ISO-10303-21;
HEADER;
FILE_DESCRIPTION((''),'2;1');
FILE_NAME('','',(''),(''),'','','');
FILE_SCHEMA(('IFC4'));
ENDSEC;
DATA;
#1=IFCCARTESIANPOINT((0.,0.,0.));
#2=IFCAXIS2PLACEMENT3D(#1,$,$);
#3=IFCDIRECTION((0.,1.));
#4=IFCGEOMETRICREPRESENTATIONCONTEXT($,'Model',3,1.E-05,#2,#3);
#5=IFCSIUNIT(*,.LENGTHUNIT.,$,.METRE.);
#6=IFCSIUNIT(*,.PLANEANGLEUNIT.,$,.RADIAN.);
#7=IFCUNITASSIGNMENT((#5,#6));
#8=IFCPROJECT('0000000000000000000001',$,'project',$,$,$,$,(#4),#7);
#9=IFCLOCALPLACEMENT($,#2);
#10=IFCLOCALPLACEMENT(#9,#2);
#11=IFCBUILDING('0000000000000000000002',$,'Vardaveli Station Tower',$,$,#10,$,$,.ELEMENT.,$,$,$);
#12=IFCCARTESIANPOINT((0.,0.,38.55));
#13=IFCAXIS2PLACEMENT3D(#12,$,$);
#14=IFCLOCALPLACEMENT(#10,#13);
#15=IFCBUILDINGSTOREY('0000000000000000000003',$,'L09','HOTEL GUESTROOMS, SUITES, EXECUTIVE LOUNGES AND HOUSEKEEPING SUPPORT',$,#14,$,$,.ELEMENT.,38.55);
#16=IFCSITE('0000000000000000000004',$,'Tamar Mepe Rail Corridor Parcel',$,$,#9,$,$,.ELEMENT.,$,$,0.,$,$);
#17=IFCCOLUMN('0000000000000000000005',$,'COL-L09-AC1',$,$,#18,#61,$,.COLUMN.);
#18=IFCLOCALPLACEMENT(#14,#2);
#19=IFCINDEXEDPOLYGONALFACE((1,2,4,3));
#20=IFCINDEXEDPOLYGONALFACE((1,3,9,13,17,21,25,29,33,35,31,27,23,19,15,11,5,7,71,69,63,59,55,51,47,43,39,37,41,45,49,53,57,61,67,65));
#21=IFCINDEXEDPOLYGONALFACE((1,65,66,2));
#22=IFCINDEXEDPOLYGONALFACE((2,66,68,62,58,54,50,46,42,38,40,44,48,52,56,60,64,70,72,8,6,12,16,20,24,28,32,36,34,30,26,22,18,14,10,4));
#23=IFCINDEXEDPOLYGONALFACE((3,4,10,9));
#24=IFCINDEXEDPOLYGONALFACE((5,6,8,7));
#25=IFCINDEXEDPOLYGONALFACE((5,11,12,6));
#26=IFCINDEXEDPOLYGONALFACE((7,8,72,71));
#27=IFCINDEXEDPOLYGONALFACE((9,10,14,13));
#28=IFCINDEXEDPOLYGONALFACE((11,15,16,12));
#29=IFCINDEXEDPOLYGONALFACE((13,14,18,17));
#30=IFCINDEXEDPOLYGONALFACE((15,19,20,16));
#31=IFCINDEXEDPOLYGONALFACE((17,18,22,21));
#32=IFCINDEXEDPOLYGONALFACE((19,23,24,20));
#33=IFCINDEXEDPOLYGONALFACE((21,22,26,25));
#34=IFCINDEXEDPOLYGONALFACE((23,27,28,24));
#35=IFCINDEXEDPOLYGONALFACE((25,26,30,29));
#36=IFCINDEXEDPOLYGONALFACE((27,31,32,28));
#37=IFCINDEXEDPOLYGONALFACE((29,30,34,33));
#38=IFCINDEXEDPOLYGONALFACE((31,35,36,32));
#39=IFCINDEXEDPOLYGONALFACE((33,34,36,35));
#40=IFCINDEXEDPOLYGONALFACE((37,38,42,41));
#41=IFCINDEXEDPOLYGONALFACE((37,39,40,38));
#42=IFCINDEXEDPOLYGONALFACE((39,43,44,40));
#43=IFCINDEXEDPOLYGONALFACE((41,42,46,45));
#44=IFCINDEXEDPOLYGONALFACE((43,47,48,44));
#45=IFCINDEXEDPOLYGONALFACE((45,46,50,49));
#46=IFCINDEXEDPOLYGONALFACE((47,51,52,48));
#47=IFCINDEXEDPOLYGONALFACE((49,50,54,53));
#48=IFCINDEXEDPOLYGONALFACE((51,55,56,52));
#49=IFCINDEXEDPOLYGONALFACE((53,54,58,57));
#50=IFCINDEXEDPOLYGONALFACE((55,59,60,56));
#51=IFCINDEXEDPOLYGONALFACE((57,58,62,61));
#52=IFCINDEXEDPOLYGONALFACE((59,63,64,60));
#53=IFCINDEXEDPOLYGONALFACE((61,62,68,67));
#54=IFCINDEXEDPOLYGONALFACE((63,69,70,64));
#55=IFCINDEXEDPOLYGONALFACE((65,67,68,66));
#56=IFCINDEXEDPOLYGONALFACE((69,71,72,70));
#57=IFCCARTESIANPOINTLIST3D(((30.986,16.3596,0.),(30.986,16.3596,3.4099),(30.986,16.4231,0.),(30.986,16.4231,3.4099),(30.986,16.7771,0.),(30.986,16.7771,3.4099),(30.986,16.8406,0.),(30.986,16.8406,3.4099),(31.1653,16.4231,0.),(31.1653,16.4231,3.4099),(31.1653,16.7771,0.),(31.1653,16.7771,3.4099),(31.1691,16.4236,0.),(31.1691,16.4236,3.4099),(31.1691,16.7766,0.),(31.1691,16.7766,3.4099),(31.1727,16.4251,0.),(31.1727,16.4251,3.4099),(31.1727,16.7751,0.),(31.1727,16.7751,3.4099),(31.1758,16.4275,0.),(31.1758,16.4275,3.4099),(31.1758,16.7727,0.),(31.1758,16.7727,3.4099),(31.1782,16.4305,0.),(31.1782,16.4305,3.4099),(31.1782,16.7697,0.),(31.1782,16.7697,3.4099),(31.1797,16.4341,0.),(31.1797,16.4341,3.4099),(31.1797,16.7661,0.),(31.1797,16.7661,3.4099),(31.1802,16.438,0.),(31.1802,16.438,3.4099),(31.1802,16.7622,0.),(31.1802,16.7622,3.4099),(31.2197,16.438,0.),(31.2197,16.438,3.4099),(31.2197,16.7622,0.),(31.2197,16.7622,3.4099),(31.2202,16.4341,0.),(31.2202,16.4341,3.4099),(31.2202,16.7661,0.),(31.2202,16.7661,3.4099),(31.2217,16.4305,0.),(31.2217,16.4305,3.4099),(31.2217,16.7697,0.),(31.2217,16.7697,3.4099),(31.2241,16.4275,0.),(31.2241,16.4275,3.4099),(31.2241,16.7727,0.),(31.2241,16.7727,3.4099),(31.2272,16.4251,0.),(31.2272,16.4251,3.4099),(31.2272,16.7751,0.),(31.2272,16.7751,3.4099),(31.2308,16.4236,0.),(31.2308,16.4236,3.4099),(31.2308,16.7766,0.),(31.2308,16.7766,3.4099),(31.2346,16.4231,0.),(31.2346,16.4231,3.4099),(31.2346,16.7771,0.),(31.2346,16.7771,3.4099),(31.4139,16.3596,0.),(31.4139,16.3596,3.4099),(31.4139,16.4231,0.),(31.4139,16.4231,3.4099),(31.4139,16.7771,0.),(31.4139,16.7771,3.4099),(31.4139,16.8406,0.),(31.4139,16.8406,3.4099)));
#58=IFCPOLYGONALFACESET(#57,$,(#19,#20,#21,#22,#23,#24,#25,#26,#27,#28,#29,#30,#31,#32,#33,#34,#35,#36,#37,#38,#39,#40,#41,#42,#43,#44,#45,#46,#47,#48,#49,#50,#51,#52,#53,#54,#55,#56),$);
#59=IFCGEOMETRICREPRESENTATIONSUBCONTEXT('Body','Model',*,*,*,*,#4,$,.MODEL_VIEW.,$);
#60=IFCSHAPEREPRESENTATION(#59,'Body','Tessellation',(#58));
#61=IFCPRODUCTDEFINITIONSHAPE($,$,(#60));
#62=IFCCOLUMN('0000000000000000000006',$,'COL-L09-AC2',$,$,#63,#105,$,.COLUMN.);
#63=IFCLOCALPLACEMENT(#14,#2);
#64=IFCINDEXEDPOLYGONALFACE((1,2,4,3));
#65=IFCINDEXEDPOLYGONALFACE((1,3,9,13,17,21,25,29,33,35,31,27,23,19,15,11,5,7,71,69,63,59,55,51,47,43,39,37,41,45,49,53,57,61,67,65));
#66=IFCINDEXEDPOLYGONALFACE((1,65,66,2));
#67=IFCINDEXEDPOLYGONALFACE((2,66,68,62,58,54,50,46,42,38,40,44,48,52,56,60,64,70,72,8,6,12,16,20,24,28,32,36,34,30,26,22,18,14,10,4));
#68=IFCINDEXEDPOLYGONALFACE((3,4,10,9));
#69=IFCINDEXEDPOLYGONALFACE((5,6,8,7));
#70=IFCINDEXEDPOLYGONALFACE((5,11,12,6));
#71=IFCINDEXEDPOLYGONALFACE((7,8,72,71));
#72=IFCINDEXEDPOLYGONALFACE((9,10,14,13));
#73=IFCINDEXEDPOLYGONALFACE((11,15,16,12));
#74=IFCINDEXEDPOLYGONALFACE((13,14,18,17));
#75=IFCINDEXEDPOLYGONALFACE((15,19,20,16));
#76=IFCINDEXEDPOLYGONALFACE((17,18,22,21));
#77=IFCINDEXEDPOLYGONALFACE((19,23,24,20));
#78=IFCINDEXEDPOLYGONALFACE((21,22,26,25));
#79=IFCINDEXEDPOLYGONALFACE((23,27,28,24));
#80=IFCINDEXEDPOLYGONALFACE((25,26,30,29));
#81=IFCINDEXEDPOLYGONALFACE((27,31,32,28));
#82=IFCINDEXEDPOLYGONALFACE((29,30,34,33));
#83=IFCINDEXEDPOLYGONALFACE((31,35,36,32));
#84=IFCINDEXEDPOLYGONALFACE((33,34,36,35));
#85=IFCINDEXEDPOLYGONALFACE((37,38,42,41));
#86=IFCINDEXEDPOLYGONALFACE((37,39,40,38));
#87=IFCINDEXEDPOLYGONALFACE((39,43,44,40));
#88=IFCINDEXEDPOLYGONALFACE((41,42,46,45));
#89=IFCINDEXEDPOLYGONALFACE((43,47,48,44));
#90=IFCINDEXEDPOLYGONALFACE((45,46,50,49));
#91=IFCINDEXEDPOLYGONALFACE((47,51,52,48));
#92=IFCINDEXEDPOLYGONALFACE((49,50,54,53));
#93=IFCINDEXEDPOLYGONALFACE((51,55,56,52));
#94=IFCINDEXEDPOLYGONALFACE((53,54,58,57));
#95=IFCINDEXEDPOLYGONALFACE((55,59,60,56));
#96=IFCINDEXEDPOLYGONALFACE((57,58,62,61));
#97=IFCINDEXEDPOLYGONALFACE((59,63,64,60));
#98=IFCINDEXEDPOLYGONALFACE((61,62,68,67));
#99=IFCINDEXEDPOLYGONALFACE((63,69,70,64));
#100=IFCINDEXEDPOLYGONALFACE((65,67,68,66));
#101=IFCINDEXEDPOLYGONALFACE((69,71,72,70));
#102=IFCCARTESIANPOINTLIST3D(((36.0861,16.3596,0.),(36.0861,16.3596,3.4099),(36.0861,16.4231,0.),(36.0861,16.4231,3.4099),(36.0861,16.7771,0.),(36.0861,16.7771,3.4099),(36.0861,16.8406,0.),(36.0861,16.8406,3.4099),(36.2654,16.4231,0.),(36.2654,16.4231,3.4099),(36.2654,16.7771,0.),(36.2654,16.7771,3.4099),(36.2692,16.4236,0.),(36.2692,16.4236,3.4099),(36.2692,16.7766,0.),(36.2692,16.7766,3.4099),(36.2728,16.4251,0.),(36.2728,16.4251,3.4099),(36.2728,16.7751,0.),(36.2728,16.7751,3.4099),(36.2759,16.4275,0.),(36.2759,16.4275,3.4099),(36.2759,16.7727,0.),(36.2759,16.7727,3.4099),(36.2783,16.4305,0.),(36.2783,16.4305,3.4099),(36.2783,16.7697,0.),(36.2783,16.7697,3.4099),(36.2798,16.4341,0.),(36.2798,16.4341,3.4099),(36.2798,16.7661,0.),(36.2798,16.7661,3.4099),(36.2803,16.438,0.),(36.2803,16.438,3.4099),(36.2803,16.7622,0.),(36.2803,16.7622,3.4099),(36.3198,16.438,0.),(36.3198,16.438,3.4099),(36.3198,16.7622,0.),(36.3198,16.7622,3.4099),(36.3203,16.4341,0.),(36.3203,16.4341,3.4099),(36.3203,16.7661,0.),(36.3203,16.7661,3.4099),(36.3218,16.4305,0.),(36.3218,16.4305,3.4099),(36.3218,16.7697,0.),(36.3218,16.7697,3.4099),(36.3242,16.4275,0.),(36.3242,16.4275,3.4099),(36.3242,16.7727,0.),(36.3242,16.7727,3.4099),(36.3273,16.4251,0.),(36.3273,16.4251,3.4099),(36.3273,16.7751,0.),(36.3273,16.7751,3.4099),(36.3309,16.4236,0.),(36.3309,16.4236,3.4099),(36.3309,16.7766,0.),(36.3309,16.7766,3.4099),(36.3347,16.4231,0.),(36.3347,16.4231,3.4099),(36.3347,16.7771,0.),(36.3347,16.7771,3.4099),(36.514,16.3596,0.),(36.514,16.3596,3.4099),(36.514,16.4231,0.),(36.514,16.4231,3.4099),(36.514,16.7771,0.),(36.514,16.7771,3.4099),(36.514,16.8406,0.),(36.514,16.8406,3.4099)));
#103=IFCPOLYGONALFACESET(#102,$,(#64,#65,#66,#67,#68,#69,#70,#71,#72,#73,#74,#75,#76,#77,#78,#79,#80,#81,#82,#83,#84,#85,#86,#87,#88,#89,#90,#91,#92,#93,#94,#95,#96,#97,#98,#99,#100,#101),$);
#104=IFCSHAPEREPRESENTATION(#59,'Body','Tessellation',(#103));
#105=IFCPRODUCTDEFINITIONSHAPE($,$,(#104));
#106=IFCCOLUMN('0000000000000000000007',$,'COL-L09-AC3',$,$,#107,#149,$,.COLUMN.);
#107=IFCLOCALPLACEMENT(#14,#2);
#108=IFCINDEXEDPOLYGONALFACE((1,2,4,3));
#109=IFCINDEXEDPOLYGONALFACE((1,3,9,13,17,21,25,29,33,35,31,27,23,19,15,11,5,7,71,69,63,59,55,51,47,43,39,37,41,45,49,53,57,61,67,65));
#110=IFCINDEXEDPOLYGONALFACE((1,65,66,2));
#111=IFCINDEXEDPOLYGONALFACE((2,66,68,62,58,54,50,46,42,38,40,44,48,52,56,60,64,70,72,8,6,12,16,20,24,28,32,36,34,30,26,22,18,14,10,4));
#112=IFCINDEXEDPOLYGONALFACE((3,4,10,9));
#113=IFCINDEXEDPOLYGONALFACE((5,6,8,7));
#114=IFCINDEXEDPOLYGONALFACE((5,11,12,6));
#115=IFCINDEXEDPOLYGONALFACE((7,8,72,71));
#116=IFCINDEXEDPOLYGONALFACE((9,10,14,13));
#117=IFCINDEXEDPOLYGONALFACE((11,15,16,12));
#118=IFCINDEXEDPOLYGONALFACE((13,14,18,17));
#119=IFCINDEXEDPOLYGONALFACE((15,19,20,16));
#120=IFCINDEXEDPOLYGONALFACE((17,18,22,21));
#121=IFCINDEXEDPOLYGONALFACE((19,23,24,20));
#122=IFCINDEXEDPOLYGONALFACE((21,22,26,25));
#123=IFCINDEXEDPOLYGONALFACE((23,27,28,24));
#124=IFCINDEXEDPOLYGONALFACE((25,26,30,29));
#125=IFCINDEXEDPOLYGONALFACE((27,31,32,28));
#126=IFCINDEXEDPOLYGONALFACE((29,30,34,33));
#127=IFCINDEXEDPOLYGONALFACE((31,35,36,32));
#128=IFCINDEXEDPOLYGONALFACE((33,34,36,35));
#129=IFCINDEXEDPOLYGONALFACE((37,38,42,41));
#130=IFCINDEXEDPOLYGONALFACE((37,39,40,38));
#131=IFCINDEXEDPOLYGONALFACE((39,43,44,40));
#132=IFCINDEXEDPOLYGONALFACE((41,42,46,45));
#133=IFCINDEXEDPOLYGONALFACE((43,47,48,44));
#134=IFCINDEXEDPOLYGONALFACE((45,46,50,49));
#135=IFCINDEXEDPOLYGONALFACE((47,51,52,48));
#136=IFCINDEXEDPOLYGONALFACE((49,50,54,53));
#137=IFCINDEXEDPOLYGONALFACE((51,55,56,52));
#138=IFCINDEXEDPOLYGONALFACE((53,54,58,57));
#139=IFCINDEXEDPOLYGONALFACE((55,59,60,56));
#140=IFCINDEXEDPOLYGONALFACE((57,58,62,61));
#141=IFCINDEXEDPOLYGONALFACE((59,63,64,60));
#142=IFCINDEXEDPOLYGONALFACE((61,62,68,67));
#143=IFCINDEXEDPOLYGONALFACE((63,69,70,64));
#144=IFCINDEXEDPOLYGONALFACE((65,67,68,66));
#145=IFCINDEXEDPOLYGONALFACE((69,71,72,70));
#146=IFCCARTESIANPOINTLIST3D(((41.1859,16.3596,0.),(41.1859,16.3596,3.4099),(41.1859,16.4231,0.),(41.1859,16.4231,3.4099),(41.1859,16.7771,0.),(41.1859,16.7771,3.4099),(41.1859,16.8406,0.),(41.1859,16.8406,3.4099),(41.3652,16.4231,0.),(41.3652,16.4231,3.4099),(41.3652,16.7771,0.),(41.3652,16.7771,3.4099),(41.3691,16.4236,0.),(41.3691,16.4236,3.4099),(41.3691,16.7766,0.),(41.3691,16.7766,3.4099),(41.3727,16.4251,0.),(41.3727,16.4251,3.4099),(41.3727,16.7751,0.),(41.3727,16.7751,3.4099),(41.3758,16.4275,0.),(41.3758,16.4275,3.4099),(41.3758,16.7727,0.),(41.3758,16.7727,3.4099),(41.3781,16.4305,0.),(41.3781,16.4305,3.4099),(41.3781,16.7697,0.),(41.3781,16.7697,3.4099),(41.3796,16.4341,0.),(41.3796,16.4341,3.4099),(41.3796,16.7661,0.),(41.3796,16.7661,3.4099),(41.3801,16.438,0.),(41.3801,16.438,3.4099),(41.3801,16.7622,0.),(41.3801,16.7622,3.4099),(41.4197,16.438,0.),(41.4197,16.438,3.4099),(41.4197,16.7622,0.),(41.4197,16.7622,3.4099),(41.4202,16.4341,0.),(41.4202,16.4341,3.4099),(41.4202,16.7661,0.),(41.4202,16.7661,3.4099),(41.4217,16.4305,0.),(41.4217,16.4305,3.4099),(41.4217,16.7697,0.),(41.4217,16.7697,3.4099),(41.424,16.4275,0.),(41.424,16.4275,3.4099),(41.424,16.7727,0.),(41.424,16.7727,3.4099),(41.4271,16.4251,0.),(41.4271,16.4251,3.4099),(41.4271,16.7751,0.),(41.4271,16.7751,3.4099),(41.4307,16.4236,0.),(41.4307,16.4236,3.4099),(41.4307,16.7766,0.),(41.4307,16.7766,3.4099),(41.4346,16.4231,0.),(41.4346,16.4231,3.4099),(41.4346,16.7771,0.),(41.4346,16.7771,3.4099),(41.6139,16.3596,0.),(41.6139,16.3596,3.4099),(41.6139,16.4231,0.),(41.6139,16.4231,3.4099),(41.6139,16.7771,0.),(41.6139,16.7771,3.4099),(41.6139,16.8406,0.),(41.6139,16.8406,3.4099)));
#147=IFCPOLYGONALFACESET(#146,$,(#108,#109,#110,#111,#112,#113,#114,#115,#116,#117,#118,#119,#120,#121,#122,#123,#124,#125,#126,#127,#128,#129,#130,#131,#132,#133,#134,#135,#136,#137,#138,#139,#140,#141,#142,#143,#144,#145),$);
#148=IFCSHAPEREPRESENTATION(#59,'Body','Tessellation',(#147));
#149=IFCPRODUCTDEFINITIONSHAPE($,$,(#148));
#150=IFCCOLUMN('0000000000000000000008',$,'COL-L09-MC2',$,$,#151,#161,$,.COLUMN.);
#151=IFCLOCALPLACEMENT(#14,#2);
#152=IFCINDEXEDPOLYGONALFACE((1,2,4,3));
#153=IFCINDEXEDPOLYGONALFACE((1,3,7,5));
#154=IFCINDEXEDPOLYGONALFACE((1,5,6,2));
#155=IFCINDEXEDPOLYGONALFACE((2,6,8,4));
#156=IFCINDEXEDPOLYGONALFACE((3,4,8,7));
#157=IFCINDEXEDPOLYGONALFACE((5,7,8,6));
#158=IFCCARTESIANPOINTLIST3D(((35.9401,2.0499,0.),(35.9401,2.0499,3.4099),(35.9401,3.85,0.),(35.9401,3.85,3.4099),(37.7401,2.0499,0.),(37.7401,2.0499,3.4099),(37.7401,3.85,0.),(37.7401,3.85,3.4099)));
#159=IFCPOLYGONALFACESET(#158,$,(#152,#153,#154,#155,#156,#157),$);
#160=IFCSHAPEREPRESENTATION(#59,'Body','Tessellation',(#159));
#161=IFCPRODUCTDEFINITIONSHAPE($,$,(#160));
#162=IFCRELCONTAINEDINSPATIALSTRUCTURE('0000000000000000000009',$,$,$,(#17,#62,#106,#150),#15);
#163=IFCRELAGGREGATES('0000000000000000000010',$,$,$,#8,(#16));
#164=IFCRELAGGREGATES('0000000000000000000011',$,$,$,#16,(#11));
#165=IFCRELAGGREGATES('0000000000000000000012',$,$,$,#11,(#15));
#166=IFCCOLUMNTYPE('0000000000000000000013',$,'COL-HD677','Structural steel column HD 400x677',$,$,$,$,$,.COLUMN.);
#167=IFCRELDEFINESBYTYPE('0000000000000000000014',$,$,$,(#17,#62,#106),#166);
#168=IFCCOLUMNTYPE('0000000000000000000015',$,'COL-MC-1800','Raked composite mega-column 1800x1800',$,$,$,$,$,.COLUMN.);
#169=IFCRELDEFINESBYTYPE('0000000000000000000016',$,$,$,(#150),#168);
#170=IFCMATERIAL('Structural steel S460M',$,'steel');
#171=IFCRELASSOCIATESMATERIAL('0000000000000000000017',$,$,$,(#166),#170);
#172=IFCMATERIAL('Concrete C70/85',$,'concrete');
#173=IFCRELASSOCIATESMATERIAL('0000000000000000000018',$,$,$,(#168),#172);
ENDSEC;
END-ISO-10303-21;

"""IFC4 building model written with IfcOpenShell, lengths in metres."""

from ifc_helpers import new_model, si_unit, direction, frame, origin, origin_2d, place, context, subcontext, project, spatial, rectangle, i_section, extrude, source, transform, mapped, material, material_profile, profile_set, type_object, element, save


model = new_model("IFC4")

# Units and contexts
model_context = context("Model", 3, precision=1e-05, world=origin(), true_north=direction((0.0, 1.0)))
body_context = subcontext(model_context, "Body", "Model", "MODEL_VIEW")
ifc_project = project(units=[si_unit("LENGTHUNIT", "METRE"), si_unit("PLANEANGLEUNIT", "RADIAN")], contexts=[model_context])

# Site, building, storey
site_placement = place(None, origin())
site = spatial("IfcSite", under=ifc_project, at=site_placement, Name="Tamar Mepe Rail Corridor Parcel", CompositionType="ELEMENT", RefElevation=0.0)
building_placement = place(site_placement, origin())
building = spatial("IfcBuilding", under=site, at=building_placement, Name="Vardaveli Station Tower", CompositionType="ELEMENT")
storey_placement = place(building_placement, frame((0.0, 0.0, 38.55)))
storey = spatial("IfcBuildingStorey", under=building, at=storey_placement, Name="L09", Description="HOTEL GUESTROOMS, SUITES, EXECUTIVE LOUNGES AND HOUSEKEEPING SUPPORT", CompositionType="ELEMENT", Elevation=38.55)

# Columns
ifc_material_1 = material(Name="Structural steel S460M", Category="steel")
ifc_material_profile_1 = material_profile(ifc_material_1, i_section(OverallWidth=0.428, OverallDepth=0.481, WebThickness=0.0396, FlangeThickness=0.0635, FilletRadius=0.0149, at=origin_2d()), Name="HD 400x677")
ifc_profile_set_1 = profile_set([ifc_material_profile_1], Name="Structural steel S460M")
column_type_1 = type_object("IfcColumnType", Name="COL-HD677", Description="Structural steel column HD 400x677", PredefinedType="COLUMN", material=ifc_profile_set_1)
shared_shape_1 = source(origin(), body_context, "Body", "SweptSolid", [
    extrude(i_section(OverallWidth=0.428, OverallDepth=0.481, WebThickness=0.0396, FlangeThickness=0.0635, FilletRadius=0.0149, at=origin_2d()), origin(), (0.0, 0.0, 1.0), 3.4099),
])
for number, where, z_axis, x_axis, name in (
    (1, (31.2, 16.6001, 0.0), (0.0, 0.0, 1.0), (1.0, 0.0, 0.0), "COL-L09-AC1"),
    (2, (36.3, 16.6001, 0.0), (0.0, 0.0, 1.0), (1.0, 0.0, 0.0), "COL-L09-AC2"),
    (3, (41.3999, 16.6001, 0.0), (0.0, 0.0, 1.0), (1.0, 0.0, 0.0), "COL-L09-AC3"),
):
    element("IfcColumn", number, at=place(storey_placement, frame(where, z_axis=z_axis, x_axis=x_axis)), inside=storey, type_object=column_type_1, Name=name, PredefinedType="COLUMN", context=body_context, shape_type="MappedRepresentation", body=[
        mapped(shared_shape_1, transform((0.0, 0.0, 0.0), scale=1.0)),
    ])
ifc_material_2 = material(Name="Concrete C70/85", Category="concrete")
ifc_material_profile_2 = material_profile(ifc_material_2, rectangle(XDim=1.8, YDim=1.8, at=origin_2d()), Name="MC 1800x1800")
ifc_profile_set_2 = profile_set([ifc_material_profile_2], Name="Concrete C70/85")
column_type_2 = type_object("IfcColumnType", Name="COL-MC-1800", Description="Raked composite mega-column 1800x1800", PredefinedType="COLUMN", material=ifc_profile_set_2)
shared_shape_2 = source(origin(), body_context, "Body", "SweptSolid", [
    extrude(rectangle(XDim=1.8, YDim=1.8, at=origin_2d()), origin(), (0.0, 0.0, 1.0), 3.4099),
])
column_placement = place(storey_placement, frame((36.8401, 2.95, 0.0), z_axis=(0.0, 0.0, 1.0), x_axis=(1.0, 0.0, 0.0)))
element("IfcColumn", 4, at=column_placement, inside=storey, type_object=column_type_2, Name="COL-L09-MC2", PredefinedType="COLUMN", context=body_context, shape_type="MappedRepresentation", body=[
    mapped(shared_shape_2, transform((0.0, 0.0, 0.0), scale=1.0)),
])

save(model, "model.ifc")
